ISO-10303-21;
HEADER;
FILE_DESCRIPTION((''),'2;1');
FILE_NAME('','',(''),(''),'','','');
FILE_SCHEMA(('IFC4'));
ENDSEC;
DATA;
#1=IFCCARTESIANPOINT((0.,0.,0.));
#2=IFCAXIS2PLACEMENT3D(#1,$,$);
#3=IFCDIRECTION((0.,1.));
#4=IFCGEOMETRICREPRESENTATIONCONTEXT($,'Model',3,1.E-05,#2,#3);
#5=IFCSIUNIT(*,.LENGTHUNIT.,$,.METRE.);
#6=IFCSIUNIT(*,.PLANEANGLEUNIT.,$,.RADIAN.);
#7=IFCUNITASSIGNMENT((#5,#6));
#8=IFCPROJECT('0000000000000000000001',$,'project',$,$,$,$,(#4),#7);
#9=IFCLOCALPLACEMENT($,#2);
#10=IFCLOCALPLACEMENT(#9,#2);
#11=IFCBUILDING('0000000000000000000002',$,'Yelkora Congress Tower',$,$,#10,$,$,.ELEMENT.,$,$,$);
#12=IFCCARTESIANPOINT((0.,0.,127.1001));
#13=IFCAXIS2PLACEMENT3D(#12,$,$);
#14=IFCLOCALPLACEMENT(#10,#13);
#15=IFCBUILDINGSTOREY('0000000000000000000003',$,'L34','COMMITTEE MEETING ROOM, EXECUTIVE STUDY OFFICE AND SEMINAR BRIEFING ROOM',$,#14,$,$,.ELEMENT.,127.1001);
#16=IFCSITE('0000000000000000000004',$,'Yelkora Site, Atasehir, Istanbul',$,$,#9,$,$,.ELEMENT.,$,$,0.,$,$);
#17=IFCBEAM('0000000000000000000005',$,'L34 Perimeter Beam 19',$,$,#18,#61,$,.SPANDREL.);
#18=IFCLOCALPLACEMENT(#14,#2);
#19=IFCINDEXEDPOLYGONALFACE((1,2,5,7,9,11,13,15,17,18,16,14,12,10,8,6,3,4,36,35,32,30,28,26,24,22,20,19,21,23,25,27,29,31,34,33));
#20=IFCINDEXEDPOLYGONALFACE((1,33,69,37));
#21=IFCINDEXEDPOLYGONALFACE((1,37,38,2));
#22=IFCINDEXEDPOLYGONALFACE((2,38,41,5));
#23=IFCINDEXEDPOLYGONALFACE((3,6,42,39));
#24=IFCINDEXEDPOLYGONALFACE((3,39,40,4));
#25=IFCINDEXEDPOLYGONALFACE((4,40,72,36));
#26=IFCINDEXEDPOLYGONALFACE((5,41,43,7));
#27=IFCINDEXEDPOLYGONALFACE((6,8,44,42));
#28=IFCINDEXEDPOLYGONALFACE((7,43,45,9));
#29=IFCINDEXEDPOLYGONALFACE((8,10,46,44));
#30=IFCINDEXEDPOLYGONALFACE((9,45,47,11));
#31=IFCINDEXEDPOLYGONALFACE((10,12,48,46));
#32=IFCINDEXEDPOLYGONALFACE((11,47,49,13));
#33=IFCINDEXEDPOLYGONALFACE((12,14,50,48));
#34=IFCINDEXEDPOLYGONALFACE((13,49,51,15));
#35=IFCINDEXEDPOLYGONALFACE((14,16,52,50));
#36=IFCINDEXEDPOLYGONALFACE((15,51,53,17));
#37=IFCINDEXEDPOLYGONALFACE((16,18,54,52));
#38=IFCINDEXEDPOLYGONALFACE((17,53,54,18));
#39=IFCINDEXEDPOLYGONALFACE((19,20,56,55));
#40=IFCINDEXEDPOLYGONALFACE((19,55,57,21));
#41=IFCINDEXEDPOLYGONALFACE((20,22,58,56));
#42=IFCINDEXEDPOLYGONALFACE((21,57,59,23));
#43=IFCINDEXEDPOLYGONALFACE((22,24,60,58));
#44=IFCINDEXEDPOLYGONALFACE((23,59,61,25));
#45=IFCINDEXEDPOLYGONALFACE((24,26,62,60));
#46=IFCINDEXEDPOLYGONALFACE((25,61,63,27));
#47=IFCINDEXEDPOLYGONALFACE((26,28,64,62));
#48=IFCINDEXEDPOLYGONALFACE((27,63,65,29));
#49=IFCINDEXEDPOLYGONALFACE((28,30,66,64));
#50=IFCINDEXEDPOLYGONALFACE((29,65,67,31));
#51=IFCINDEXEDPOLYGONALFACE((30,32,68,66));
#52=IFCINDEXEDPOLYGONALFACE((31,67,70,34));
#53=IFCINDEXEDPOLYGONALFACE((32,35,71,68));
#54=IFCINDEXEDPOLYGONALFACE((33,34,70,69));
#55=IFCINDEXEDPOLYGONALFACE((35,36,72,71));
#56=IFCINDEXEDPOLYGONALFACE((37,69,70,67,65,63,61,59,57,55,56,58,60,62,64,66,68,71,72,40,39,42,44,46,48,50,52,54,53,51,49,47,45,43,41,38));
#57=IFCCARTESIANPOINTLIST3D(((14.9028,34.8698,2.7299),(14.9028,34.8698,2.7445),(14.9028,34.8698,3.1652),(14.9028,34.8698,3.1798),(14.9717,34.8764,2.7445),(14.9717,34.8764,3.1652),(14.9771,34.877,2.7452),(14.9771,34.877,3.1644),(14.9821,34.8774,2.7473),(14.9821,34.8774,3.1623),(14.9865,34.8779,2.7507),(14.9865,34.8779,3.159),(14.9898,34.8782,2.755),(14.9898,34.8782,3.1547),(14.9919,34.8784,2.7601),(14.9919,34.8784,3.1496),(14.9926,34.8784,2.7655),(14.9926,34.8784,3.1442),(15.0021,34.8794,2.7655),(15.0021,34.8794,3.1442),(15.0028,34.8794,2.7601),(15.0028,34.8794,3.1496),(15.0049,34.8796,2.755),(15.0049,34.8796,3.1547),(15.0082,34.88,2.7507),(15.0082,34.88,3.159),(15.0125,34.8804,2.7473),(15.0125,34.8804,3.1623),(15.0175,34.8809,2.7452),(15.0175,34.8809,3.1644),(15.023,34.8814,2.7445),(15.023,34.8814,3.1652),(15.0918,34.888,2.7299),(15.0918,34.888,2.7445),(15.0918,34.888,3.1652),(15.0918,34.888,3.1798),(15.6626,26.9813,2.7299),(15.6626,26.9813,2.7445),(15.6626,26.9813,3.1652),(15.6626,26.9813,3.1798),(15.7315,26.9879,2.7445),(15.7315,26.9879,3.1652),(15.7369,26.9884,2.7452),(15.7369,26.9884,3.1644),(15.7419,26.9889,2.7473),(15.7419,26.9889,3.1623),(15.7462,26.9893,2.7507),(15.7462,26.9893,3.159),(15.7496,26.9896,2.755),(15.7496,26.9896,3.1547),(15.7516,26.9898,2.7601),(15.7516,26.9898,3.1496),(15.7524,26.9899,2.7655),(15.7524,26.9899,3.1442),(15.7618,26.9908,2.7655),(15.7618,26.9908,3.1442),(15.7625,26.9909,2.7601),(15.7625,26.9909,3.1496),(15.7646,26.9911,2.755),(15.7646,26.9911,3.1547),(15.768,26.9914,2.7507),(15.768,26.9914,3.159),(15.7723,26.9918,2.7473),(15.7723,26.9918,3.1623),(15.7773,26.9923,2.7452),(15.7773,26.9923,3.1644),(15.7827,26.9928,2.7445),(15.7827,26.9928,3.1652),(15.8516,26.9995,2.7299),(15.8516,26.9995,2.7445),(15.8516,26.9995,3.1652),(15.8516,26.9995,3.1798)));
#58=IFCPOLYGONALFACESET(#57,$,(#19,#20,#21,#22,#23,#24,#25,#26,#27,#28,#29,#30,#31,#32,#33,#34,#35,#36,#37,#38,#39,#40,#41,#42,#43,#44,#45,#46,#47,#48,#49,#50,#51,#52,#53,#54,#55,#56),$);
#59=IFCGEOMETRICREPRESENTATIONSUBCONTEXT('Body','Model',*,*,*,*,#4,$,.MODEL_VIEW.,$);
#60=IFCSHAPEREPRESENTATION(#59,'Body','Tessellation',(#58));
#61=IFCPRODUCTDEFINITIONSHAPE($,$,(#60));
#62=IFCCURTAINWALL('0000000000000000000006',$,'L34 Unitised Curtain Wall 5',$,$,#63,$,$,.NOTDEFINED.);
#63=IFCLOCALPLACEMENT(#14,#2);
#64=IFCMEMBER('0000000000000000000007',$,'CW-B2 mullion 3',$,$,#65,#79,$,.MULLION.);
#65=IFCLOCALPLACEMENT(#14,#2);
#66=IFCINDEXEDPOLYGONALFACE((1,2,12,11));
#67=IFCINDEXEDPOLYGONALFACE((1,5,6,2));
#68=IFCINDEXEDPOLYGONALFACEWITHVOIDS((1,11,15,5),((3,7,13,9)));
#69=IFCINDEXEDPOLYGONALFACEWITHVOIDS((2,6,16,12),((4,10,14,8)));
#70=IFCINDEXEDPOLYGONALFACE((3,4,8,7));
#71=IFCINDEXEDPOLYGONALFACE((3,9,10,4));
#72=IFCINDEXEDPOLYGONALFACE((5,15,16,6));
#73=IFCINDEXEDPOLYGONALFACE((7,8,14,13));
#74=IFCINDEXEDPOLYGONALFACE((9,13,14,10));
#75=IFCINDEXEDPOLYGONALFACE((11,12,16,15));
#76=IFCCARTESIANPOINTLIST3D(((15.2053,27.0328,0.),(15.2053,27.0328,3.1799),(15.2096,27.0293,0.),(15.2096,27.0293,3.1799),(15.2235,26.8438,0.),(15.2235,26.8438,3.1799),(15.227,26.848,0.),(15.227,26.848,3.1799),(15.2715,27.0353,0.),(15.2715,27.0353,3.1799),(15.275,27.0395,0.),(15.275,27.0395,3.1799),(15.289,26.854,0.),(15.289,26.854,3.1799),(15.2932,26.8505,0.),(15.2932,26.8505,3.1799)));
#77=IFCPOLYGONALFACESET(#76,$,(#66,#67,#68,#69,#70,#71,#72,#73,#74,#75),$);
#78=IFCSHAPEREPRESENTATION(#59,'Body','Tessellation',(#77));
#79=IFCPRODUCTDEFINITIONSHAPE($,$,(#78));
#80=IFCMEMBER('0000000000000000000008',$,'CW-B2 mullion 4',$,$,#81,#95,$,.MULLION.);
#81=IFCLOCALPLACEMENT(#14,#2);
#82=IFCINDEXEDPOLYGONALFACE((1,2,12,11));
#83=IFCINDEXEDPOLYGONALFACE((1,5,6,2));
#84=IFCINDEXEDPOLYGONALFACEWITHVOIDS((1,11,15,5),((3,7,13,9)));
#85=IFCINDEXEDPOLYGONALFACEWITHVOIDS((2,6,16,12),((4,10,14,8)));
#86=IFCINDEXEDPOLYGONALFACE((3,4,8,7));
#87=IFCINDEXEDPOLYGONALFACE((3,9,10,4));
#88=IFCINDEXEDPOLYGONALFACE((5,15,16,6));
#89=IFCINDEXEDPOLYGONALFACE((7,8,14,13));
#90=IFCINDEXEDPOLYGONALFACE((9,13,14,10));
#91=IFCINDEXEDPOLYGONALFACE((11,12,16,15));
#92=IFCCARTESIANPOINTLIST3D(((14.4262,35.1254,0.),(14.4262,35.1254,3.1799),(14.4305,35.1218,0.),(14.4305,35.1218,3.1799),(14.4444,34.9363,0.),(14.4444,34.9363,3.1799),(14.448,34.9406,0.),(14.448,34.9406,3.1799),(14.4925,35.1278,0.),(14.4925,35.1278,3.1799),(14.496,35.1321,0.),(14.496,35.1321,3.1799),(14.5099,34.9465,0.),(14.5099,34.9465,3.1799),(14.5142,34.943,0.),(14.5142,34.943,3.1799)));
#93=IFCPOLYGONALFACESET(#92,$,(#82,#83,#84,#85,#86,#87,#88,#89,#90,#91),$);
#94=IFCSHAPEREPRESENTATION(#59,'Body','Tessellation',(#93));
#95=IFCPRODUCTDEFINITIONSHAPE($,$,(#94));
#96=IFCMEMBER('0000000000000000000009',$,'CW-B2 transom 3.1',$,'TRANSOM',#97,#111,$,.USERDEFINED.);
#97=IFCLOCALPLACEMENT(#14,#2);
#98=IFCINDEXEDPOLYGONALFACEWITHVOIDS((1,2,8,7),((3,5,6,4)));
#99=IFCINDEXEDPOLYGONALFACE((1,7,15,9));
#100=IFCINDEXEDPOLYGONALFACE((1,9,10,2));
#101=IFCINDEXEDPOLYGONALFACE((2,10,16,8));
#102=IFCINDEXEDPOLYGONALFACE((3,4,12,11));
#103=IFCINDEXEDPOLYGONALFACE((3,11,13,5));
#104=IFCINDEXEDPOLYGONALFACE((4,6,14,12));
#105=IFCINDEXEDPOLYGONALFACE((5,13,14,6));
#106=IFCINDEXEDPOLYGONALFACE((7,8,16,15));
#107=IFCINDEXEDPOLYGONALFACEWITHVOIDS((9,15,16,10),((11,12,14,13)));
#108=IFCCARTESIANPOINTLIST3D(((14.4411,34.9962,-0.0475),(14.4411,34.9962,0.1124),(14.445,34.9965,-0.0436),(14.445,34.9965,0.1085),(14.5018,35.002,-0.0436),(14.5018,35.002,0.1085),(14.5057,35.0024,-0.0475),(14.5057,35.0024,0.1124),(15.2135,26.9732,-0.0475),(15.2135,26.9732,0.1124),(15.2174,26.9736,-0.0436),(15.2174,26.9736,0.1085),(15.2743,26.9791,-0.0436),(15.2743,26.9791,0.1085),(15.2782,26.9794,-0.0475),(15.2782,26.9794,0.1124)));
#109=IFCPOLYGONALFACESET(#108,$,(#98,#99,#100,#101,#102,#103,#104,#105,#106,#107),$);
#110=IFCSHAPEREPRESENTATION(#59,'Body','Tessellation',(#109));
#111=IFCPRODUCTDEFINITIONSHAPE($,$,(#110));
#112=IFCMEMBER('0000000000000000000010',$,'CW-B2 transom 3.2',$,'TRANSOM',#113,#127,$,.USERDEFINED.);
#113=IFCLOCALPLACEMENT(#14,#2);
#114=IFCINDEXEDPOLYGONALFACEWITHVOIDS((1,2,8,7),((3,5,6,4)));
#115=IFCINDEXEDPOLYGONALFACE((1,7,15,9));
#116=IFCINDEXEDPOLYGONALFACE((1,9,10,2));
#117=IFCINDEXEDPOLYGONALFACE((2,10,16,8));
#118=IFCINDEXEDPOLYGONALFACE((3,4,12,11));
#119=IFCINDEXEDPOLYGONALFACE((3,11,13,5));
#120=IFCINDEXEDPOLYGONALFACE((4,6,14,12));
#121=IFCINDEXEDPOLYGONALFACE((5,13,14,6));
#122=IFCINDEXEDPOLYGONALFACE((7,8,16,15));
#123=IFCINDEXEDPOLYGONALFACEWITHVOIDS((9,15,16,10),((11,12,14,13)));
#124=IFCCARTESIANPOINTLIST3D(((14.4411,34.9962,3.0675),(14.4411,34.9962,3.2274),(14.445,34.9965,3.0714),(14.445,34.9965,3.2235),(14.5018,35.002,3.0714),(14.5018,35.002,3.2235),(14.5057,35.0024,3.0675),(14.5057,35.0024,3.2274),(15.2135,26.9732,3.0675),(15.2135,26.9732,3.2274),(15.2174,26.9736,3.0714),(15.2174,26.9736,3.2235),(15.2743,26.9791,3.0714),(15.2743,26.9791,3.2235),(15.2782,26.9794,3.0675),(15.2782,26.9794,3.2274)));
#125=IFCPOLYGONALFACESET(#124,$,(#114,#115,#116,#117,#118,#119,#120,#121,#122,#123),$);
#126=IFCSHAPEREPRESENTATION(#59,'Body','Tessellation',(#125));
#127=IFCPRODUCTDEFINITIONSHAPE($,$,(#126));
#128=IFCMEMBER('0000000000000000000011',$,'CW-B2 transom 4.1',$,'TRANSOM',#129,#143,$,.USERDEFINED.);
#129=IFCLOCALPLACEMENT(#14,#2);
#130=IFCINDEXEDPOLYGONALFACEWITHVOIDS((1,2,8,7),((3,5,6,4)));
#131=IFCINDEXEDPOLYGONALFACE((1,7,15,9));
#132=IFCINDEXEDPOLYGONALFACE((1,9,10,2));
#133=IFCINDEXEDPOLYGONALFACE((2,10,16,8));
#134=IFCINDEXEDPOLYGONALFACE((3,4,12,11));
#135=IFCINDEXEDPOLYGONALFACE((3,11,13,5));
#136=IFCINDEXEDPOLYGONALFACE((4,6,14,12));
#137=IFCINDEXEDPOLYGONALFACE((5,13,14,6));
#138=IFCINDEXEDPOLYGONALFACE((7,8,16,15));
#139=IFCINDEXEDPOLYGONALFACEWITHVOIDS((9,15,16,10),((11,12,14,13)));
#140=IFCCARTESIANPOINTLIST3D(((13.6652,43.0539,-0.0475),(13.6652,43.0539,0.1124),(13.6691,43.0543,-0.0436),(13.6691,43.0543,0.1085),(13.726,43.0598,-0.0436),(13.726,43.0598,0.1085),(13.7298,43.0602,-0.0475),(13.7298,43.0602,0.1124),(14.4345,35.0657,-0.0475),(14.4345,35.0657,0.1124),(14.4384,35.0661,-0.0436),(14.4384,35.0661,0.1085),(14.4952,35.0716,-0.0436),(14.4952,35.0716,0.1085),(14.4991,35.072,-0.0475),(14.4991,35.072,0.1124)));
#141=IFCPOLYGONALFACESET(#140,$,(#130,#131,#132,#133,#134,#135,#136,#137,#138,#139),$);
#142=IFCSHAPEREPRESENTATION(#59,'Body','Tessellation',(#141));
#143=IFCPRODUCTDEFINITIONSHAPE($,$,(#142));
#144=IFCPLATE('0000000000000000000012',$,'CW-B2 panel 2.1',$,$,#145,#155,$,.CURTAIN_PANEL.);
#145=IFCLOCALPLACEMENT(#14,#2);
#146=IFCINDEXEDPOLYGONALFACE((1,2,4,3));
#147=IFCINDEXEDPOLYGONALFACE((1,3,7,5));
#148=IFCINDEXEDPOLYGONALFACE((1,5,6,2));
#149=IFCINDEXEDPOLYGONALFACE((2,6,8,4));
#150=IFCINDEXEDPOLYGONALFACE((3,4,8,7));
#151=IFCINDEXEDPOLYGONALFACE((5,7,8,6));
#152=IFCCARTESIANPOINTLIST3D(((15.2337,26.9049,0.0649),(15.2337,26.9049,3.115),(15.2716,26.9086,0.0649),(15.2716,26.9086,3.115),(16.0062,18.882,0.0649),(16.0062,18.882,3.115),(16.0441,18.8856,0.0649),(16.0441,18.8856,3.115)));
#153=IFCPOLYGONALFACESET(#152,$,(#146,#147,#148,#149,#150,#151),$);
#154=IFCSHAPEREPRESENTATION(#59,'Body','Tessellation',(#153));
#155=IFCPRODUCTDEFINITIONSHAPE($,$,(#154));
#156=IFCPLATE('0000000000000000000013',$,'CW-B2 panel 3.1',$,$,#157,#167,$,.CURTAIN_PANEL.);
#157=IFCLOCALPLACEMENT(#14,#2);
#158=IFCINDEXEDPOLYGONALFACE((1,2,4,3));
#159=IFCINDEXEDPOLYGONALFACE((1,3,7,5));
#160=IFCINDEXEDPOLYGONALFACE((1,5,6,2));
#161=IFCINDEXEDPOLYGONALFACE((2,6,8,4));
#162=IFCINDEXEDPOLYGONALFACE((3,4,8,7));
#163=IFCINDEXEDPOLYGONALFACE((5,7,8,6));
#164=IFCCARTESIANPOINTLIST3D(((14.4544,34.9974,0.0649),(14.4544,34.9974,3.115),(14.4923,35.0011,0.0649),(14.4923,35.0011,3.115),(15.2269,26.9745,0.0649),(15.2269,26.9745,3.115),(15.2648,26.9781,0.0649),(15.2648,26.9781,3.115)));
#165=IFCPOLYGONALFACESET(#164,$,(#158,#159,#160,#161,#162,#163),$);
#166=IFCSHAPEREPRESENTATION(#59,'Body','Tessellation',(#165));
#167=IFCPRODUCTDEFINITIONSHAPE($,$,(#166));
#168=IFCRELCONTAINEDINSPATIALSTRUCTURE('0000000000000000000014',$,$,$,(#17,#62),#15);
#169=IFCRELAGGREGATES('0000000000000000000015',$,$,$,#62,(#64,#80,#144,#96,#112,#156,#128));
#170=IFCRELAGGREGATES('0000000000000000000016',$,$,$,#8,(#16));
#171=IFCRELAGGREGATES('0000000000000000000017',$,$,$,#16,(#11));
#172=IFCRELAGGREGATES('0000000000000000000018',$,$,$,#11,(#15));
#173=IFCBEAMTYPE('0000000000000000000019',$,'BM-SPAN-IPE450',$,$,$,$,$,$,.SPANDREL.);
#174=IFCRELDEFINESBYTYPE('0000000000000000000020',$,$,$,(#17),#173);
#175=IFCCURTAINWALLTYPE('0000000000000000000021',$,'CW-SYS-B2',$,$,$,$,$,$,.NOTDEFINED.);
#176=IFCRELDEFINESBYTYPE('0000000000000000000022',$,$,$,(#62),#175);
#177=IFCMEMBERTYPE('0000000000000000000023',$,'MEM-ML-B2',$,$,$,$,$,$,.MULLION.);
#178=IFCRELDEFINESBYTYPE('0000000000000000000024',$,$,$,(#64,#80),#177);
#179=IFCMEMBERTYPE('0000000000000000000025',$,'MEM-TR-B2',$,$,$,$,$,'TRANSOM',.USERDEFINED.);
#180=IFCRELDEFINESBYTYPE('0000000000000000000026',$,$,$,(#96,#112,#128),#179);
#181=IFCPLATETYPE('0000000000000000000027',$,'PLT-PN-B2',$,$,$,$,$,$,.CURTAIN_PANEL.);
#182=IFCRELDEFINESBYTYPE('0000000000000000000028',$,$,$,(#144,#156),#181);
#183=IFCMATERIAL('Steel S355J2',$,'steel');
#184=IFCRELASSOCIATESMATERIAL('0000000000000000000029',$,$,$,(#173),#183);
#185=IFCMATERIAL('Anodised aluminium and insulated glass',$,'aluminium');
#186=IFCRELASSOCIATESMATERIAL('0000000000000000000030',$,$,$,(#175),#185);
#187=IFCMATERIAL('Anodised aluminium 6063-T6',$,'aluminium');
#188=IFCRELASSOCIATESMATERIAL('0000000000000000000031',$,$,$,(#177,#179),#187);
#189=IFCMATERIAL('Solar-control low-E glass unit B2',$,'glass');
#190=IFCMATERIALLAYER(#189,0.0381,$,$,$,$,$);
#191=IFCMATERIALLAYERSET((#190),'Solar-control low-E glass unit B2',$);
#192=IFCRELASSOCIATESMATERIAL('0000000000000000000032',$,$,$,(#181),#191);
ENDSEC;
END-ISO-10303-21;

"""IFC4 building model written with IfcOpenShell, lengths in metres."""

from ifc_helpers import new_model, si_unit, direction, frame, origin, origin_2d, place, context, subcontext, project, spatial, rectangle, hollow_rectangle, i_section, extrude, material, layer, layer_set, material_profile, profile_set, type_object, element, aggregate, save


model = new_model("IFC4")

# Units and contexts
model_context = context("Model", 3, precision=1e-05, world=origin(), true_north=direction((0.0, 1.0)))
body_context = subcontext(model_context, "Body", "Model", "MODEL_VIEW")
ifc_project = project(units=[si_unit("LENGTHUNIT", "METRE"), si_unit("PLANEANGLEUNIT", "RADIAN")], contexts=[model_context])

# Site, building, storey
site_placement = place(None, origin())
site = spatial("IfcSite", under=ifc_project, at=site_placement, Name="Yelkora Site, Atasehir, Istanbul", CompositionType="ELEMENT", RefElevation=0.0)
building_placement = place(site_placement, origin())
building = spatial("IfcBuilding", under=site, at=building_placement, Name="Yelkora Congress Tower", CompositionType="ELEMENT")
storey_placement = place(building_placement, frame((0.0, 0.0, 127.1001)))
storey = spatial("IfcBuildingStorey", under=building, at=storey_placement, Name="L34", Description="COMMITTEE MEETING ROOM, EXECUTIVE STUDY OFFICE AND SEMINAR BRIEFING ROOM", CompositionType="ELEMENT", Elevation=127.1001)

# Beam
ifc_material_1 = material(Name="Steel S355J2", Category="steel")
ifc_material_profile_1 = material_profile(ifc_material_1, i_section(OverallWidth=0.1899, OverallDepth=0.45, WebThickness=0.0095, FlangeThickness=0.0146, FilletRadius=0.021, at=origin_2d()), Name="IPE 450")
ifc_profile_set_1 = profile_set([ifc_material_profile_1], Name="Steel S355J2")
beam_type_1 = type_object("IfcBeamType", Name="BM-SPAN-IPE450", PredefinedType="SPANDREL", material=ifc_profile_set_1)
beam_1_placement = place(storey_placement, frame((14.9973, 34.8789, 2.9548), z_axis=(0.09587, -0.995394, 0.0), x_axis=(0.995394, 0.09587, 0.0)))
element("IfcBeam", 1, at=beam_1_placement, inside=storey, type_object=beam_type_1, Name="L34 Perimeter Beam 19", PredefinedType="SPANDREL", context=body_context, shape_type="SweptSolid", body=[
    extrude(i_section(OverallWidth=0.1899, OverallDepth=0.45, WebThickness=0.0095, FlangeThickness=0.0146, FilletRadius=0.021, at=origin_2d()), origin(), (0.0, 0.0, 1.0), 7.925),
])

# Curtain wall, members, plates
ifc_material_2 = material(Name="Anodised aluminium and insulated glass", Category="aluminium")
curtain_wall_type = type_object("IfcCurtainWallType", Name="CW-SYS-B2", PredefinedType="NOTDEFINED", material=ifc_material_2)
curtain_wall_placement = place(storey_placement, origin())
curtain_wall = element("IfcCurtainWall", 2, at=curtain_wall_placement, inside=storey, type_object=curtain_wall_type, Name="L34 Unitised Curtain Wall 5", PredefinedType="NOTDEFINED")
ifc_material_3 = material(Name="Anodised aluminium 6063-T6", Category="aluminium")
ifc_material_profile_2 = material_profile(ifc_material_3, hollow_rectangle(XDim=0.0701, YDim=0.1899, WallThickness=0.0039, at=origin_2d()), Name="ALU 70x190x4")
ifc_profile_set_2 = profile_set([ifc_material_profile_2], Name="Anodised aluminium 6063-T6")
member_type_1 = type_object("IfcMemberType", Name="MEM-ML-B2", PredefinedType="MULLION", material=ifc_profile_set_2)
member_1_placement = place(storey_placement, frame((15.2493, 26.9417, 0.0), z_axis=(0.0, 0.0, 1.0), x_axis=(-0.995397, -0.095843, 0.0)))
member_1 = element("IfcMember", 3, at=member_1_placement, type_object=member_type_1, Name="CW-B2 mullion 3", PredefinedType="MULLION", context=body_context, shape_type="SweptSolid", body=[
    extrude(hollow_rectangle(XDim=0.0701, YDim=0.1899, WallThickness=0.0039, at=origin_2d()), origin(), (0.0, 0.0, 1.0), 3.1799),
])
member_2_placement = place(storey_placement, frame((14.4702, 35.0342, 0.0), z_axis=(0.0, 0.0, 1.0), x_axis=(-0.995397, -0.095843, 0.0)))
member_2 = element("IfcMember", 4, at=member_2_placement, type_object=member_type_1, Name="CW-B2 mullion 4", PredefinedType="MULLION", context=body_context, shape_type="SweptSolid", body=[
    extrude(hollow_rectangle(XDim=0.0701, YDim=0.1899, WallThickness=0.0039, at=origin_2d()), origin(), (0.0, 0.0, 1.0), 3.1799),
])
ifc_material_profile_3 = material_profile(ifc_material_3, hollow_rectangle(XDim=0.0649, YDim=0.1599, WallThickness=0.0039, at=origin_2d()), Name="ALU 65x160x4")
ifc_profile_set_3 = profile_set([ifc_material_profile_3], Name="Anodised aluminium 6063-T6")
member_type_2 = type_object("IfcMemberType", Name="MEM-TR-B2", ElementType="TRANSOM", PredefinedType="USERDEFINED", material=ifc_profile_set_3)
member_3_placement = place(storey_placement, frame((15.2458, 26.9763, 0.0325), z_axis=(-0.095838, 0.995397, 0.0), x_axis=(-0.995397, -0.095838, 0.0)))
member_3 = element("IfcMember", 5, at=member_3_placement, type_object=member_type_2, Name="CW-B2 transom 3.1", ObjectType="TRANSOM", PredefinedType="USERDEFINED", context=body_context, shape_type="SweptSolid", body=[
    extrude(hollow_rectangle(XDim=0.0649, YDim=0.1599, WallThickness=0.0039, at=origin_2d()), origin(), (0.0, 0.0, 1.0), 8.0601),
])
member_4_placement = place(storey_placement, frame((15.2458, 26.9763, 3.1475), z_axis=(-0.095838, 0.995397, 0.0), x_axis=(-0.995397, -0.095838, 0.0)))
member_4 = element("IfcMember", 6, at=member_4_placement, type_object=member_type_2, Name="CW-B2 transom 3.2", ObjectType="TRANSOM", PredefinedType="USERDEFINED", context=body_context, shape_type="SweptSolid", body=[
    extrude(hollow_rectangle(XDim=0.0649, YDim=0.1599, WallThickness=0.0039, at=origin_2d()), origin(), (0.0, 0.0, 1.0), 8.0601),
])
member_5_placement = place(storey_placement, frame((14.4668, 35.0688, 0.0325), z_axis=(-0.095858, 0.995395, 0.0), x_axis=(-0.995395, -0.095858, 0.0)))
member_5 = element("IfcMember", 7, at=member_5_placement, type_object=member_type_2, Name="CW-B2 transom 4.1", ObjectType="TRANSOM", PredefinedType="USERDEFINED", context=body_context, shape_type="SweptSolid", body=[
    extrude(hollow_rectangle(XDim=0.0649, YDim=0.1599, WallThickness=0.0039, at=origin_2d()), origin(), (0.0, 0.0, 1.0), 8.0251),
])
ifc_material_4 = material(Name="Solar-control low-E glass unit B2", Category="glass")
ifc_layer_1 = layer(ifc_material_4, 0.0381)
ifc_layer_set_1 = layer_set([ifc_layer_1], Name="Solar-control low-E glass unit B2")
plate_type = type_object("IfcPlateType", Name="PLT-PN-B2", PredefinedType="CURTAIN_PANEL", material=ifc_layer_set_1)
plate_1_placement = place(storey_placement, frame((15.6389, 22.8953, 0.0649), z_axis=(0.0, 0.0, 1.0), x_axis=(-0.095843, 0.995397, 0.0)))
plate_1 = element("IfcPlate", 8, at=plate_1_placement, type_object=plate_type, Name="CW-B2 panel 2.1", PredefinedType="CURTAIN_PANEL", context=body_context, shape_type="SweptSolid", body=[
    extrude(rectangle(XDim=8.0601, YDim=0.0381, at=origin_2d()), origin(), (0.0, 0.0, 1.0), 3.05),
])
plate_2_placement = place(storey_placement, frame((14.8596, 30.9878, 0.0649), z_axis=(0.0, 0.0, 1.0), x_axis=(-0.095843, 0.995397, 0.0)))
plate_2 = element("IfcPlate", 9, at=plate_2_placement, type_object=plate_type, Name="CW-B2 panel 3.1", PredefinedType="CURTAIN_PANEL", context=body_context, shape_type="SweptSolid", body=[
    extrude(rectangle(XDim=8.0601, YDim=0.0381, at=origin_2d()), origin(), (0.0, 0.0, 1.0), 3.05),
])
aggregate(curtain_wall, [member_1, member_2, plate_1, member_3, member_4, plate_2, member_5])

save(model, "model.ifc")
